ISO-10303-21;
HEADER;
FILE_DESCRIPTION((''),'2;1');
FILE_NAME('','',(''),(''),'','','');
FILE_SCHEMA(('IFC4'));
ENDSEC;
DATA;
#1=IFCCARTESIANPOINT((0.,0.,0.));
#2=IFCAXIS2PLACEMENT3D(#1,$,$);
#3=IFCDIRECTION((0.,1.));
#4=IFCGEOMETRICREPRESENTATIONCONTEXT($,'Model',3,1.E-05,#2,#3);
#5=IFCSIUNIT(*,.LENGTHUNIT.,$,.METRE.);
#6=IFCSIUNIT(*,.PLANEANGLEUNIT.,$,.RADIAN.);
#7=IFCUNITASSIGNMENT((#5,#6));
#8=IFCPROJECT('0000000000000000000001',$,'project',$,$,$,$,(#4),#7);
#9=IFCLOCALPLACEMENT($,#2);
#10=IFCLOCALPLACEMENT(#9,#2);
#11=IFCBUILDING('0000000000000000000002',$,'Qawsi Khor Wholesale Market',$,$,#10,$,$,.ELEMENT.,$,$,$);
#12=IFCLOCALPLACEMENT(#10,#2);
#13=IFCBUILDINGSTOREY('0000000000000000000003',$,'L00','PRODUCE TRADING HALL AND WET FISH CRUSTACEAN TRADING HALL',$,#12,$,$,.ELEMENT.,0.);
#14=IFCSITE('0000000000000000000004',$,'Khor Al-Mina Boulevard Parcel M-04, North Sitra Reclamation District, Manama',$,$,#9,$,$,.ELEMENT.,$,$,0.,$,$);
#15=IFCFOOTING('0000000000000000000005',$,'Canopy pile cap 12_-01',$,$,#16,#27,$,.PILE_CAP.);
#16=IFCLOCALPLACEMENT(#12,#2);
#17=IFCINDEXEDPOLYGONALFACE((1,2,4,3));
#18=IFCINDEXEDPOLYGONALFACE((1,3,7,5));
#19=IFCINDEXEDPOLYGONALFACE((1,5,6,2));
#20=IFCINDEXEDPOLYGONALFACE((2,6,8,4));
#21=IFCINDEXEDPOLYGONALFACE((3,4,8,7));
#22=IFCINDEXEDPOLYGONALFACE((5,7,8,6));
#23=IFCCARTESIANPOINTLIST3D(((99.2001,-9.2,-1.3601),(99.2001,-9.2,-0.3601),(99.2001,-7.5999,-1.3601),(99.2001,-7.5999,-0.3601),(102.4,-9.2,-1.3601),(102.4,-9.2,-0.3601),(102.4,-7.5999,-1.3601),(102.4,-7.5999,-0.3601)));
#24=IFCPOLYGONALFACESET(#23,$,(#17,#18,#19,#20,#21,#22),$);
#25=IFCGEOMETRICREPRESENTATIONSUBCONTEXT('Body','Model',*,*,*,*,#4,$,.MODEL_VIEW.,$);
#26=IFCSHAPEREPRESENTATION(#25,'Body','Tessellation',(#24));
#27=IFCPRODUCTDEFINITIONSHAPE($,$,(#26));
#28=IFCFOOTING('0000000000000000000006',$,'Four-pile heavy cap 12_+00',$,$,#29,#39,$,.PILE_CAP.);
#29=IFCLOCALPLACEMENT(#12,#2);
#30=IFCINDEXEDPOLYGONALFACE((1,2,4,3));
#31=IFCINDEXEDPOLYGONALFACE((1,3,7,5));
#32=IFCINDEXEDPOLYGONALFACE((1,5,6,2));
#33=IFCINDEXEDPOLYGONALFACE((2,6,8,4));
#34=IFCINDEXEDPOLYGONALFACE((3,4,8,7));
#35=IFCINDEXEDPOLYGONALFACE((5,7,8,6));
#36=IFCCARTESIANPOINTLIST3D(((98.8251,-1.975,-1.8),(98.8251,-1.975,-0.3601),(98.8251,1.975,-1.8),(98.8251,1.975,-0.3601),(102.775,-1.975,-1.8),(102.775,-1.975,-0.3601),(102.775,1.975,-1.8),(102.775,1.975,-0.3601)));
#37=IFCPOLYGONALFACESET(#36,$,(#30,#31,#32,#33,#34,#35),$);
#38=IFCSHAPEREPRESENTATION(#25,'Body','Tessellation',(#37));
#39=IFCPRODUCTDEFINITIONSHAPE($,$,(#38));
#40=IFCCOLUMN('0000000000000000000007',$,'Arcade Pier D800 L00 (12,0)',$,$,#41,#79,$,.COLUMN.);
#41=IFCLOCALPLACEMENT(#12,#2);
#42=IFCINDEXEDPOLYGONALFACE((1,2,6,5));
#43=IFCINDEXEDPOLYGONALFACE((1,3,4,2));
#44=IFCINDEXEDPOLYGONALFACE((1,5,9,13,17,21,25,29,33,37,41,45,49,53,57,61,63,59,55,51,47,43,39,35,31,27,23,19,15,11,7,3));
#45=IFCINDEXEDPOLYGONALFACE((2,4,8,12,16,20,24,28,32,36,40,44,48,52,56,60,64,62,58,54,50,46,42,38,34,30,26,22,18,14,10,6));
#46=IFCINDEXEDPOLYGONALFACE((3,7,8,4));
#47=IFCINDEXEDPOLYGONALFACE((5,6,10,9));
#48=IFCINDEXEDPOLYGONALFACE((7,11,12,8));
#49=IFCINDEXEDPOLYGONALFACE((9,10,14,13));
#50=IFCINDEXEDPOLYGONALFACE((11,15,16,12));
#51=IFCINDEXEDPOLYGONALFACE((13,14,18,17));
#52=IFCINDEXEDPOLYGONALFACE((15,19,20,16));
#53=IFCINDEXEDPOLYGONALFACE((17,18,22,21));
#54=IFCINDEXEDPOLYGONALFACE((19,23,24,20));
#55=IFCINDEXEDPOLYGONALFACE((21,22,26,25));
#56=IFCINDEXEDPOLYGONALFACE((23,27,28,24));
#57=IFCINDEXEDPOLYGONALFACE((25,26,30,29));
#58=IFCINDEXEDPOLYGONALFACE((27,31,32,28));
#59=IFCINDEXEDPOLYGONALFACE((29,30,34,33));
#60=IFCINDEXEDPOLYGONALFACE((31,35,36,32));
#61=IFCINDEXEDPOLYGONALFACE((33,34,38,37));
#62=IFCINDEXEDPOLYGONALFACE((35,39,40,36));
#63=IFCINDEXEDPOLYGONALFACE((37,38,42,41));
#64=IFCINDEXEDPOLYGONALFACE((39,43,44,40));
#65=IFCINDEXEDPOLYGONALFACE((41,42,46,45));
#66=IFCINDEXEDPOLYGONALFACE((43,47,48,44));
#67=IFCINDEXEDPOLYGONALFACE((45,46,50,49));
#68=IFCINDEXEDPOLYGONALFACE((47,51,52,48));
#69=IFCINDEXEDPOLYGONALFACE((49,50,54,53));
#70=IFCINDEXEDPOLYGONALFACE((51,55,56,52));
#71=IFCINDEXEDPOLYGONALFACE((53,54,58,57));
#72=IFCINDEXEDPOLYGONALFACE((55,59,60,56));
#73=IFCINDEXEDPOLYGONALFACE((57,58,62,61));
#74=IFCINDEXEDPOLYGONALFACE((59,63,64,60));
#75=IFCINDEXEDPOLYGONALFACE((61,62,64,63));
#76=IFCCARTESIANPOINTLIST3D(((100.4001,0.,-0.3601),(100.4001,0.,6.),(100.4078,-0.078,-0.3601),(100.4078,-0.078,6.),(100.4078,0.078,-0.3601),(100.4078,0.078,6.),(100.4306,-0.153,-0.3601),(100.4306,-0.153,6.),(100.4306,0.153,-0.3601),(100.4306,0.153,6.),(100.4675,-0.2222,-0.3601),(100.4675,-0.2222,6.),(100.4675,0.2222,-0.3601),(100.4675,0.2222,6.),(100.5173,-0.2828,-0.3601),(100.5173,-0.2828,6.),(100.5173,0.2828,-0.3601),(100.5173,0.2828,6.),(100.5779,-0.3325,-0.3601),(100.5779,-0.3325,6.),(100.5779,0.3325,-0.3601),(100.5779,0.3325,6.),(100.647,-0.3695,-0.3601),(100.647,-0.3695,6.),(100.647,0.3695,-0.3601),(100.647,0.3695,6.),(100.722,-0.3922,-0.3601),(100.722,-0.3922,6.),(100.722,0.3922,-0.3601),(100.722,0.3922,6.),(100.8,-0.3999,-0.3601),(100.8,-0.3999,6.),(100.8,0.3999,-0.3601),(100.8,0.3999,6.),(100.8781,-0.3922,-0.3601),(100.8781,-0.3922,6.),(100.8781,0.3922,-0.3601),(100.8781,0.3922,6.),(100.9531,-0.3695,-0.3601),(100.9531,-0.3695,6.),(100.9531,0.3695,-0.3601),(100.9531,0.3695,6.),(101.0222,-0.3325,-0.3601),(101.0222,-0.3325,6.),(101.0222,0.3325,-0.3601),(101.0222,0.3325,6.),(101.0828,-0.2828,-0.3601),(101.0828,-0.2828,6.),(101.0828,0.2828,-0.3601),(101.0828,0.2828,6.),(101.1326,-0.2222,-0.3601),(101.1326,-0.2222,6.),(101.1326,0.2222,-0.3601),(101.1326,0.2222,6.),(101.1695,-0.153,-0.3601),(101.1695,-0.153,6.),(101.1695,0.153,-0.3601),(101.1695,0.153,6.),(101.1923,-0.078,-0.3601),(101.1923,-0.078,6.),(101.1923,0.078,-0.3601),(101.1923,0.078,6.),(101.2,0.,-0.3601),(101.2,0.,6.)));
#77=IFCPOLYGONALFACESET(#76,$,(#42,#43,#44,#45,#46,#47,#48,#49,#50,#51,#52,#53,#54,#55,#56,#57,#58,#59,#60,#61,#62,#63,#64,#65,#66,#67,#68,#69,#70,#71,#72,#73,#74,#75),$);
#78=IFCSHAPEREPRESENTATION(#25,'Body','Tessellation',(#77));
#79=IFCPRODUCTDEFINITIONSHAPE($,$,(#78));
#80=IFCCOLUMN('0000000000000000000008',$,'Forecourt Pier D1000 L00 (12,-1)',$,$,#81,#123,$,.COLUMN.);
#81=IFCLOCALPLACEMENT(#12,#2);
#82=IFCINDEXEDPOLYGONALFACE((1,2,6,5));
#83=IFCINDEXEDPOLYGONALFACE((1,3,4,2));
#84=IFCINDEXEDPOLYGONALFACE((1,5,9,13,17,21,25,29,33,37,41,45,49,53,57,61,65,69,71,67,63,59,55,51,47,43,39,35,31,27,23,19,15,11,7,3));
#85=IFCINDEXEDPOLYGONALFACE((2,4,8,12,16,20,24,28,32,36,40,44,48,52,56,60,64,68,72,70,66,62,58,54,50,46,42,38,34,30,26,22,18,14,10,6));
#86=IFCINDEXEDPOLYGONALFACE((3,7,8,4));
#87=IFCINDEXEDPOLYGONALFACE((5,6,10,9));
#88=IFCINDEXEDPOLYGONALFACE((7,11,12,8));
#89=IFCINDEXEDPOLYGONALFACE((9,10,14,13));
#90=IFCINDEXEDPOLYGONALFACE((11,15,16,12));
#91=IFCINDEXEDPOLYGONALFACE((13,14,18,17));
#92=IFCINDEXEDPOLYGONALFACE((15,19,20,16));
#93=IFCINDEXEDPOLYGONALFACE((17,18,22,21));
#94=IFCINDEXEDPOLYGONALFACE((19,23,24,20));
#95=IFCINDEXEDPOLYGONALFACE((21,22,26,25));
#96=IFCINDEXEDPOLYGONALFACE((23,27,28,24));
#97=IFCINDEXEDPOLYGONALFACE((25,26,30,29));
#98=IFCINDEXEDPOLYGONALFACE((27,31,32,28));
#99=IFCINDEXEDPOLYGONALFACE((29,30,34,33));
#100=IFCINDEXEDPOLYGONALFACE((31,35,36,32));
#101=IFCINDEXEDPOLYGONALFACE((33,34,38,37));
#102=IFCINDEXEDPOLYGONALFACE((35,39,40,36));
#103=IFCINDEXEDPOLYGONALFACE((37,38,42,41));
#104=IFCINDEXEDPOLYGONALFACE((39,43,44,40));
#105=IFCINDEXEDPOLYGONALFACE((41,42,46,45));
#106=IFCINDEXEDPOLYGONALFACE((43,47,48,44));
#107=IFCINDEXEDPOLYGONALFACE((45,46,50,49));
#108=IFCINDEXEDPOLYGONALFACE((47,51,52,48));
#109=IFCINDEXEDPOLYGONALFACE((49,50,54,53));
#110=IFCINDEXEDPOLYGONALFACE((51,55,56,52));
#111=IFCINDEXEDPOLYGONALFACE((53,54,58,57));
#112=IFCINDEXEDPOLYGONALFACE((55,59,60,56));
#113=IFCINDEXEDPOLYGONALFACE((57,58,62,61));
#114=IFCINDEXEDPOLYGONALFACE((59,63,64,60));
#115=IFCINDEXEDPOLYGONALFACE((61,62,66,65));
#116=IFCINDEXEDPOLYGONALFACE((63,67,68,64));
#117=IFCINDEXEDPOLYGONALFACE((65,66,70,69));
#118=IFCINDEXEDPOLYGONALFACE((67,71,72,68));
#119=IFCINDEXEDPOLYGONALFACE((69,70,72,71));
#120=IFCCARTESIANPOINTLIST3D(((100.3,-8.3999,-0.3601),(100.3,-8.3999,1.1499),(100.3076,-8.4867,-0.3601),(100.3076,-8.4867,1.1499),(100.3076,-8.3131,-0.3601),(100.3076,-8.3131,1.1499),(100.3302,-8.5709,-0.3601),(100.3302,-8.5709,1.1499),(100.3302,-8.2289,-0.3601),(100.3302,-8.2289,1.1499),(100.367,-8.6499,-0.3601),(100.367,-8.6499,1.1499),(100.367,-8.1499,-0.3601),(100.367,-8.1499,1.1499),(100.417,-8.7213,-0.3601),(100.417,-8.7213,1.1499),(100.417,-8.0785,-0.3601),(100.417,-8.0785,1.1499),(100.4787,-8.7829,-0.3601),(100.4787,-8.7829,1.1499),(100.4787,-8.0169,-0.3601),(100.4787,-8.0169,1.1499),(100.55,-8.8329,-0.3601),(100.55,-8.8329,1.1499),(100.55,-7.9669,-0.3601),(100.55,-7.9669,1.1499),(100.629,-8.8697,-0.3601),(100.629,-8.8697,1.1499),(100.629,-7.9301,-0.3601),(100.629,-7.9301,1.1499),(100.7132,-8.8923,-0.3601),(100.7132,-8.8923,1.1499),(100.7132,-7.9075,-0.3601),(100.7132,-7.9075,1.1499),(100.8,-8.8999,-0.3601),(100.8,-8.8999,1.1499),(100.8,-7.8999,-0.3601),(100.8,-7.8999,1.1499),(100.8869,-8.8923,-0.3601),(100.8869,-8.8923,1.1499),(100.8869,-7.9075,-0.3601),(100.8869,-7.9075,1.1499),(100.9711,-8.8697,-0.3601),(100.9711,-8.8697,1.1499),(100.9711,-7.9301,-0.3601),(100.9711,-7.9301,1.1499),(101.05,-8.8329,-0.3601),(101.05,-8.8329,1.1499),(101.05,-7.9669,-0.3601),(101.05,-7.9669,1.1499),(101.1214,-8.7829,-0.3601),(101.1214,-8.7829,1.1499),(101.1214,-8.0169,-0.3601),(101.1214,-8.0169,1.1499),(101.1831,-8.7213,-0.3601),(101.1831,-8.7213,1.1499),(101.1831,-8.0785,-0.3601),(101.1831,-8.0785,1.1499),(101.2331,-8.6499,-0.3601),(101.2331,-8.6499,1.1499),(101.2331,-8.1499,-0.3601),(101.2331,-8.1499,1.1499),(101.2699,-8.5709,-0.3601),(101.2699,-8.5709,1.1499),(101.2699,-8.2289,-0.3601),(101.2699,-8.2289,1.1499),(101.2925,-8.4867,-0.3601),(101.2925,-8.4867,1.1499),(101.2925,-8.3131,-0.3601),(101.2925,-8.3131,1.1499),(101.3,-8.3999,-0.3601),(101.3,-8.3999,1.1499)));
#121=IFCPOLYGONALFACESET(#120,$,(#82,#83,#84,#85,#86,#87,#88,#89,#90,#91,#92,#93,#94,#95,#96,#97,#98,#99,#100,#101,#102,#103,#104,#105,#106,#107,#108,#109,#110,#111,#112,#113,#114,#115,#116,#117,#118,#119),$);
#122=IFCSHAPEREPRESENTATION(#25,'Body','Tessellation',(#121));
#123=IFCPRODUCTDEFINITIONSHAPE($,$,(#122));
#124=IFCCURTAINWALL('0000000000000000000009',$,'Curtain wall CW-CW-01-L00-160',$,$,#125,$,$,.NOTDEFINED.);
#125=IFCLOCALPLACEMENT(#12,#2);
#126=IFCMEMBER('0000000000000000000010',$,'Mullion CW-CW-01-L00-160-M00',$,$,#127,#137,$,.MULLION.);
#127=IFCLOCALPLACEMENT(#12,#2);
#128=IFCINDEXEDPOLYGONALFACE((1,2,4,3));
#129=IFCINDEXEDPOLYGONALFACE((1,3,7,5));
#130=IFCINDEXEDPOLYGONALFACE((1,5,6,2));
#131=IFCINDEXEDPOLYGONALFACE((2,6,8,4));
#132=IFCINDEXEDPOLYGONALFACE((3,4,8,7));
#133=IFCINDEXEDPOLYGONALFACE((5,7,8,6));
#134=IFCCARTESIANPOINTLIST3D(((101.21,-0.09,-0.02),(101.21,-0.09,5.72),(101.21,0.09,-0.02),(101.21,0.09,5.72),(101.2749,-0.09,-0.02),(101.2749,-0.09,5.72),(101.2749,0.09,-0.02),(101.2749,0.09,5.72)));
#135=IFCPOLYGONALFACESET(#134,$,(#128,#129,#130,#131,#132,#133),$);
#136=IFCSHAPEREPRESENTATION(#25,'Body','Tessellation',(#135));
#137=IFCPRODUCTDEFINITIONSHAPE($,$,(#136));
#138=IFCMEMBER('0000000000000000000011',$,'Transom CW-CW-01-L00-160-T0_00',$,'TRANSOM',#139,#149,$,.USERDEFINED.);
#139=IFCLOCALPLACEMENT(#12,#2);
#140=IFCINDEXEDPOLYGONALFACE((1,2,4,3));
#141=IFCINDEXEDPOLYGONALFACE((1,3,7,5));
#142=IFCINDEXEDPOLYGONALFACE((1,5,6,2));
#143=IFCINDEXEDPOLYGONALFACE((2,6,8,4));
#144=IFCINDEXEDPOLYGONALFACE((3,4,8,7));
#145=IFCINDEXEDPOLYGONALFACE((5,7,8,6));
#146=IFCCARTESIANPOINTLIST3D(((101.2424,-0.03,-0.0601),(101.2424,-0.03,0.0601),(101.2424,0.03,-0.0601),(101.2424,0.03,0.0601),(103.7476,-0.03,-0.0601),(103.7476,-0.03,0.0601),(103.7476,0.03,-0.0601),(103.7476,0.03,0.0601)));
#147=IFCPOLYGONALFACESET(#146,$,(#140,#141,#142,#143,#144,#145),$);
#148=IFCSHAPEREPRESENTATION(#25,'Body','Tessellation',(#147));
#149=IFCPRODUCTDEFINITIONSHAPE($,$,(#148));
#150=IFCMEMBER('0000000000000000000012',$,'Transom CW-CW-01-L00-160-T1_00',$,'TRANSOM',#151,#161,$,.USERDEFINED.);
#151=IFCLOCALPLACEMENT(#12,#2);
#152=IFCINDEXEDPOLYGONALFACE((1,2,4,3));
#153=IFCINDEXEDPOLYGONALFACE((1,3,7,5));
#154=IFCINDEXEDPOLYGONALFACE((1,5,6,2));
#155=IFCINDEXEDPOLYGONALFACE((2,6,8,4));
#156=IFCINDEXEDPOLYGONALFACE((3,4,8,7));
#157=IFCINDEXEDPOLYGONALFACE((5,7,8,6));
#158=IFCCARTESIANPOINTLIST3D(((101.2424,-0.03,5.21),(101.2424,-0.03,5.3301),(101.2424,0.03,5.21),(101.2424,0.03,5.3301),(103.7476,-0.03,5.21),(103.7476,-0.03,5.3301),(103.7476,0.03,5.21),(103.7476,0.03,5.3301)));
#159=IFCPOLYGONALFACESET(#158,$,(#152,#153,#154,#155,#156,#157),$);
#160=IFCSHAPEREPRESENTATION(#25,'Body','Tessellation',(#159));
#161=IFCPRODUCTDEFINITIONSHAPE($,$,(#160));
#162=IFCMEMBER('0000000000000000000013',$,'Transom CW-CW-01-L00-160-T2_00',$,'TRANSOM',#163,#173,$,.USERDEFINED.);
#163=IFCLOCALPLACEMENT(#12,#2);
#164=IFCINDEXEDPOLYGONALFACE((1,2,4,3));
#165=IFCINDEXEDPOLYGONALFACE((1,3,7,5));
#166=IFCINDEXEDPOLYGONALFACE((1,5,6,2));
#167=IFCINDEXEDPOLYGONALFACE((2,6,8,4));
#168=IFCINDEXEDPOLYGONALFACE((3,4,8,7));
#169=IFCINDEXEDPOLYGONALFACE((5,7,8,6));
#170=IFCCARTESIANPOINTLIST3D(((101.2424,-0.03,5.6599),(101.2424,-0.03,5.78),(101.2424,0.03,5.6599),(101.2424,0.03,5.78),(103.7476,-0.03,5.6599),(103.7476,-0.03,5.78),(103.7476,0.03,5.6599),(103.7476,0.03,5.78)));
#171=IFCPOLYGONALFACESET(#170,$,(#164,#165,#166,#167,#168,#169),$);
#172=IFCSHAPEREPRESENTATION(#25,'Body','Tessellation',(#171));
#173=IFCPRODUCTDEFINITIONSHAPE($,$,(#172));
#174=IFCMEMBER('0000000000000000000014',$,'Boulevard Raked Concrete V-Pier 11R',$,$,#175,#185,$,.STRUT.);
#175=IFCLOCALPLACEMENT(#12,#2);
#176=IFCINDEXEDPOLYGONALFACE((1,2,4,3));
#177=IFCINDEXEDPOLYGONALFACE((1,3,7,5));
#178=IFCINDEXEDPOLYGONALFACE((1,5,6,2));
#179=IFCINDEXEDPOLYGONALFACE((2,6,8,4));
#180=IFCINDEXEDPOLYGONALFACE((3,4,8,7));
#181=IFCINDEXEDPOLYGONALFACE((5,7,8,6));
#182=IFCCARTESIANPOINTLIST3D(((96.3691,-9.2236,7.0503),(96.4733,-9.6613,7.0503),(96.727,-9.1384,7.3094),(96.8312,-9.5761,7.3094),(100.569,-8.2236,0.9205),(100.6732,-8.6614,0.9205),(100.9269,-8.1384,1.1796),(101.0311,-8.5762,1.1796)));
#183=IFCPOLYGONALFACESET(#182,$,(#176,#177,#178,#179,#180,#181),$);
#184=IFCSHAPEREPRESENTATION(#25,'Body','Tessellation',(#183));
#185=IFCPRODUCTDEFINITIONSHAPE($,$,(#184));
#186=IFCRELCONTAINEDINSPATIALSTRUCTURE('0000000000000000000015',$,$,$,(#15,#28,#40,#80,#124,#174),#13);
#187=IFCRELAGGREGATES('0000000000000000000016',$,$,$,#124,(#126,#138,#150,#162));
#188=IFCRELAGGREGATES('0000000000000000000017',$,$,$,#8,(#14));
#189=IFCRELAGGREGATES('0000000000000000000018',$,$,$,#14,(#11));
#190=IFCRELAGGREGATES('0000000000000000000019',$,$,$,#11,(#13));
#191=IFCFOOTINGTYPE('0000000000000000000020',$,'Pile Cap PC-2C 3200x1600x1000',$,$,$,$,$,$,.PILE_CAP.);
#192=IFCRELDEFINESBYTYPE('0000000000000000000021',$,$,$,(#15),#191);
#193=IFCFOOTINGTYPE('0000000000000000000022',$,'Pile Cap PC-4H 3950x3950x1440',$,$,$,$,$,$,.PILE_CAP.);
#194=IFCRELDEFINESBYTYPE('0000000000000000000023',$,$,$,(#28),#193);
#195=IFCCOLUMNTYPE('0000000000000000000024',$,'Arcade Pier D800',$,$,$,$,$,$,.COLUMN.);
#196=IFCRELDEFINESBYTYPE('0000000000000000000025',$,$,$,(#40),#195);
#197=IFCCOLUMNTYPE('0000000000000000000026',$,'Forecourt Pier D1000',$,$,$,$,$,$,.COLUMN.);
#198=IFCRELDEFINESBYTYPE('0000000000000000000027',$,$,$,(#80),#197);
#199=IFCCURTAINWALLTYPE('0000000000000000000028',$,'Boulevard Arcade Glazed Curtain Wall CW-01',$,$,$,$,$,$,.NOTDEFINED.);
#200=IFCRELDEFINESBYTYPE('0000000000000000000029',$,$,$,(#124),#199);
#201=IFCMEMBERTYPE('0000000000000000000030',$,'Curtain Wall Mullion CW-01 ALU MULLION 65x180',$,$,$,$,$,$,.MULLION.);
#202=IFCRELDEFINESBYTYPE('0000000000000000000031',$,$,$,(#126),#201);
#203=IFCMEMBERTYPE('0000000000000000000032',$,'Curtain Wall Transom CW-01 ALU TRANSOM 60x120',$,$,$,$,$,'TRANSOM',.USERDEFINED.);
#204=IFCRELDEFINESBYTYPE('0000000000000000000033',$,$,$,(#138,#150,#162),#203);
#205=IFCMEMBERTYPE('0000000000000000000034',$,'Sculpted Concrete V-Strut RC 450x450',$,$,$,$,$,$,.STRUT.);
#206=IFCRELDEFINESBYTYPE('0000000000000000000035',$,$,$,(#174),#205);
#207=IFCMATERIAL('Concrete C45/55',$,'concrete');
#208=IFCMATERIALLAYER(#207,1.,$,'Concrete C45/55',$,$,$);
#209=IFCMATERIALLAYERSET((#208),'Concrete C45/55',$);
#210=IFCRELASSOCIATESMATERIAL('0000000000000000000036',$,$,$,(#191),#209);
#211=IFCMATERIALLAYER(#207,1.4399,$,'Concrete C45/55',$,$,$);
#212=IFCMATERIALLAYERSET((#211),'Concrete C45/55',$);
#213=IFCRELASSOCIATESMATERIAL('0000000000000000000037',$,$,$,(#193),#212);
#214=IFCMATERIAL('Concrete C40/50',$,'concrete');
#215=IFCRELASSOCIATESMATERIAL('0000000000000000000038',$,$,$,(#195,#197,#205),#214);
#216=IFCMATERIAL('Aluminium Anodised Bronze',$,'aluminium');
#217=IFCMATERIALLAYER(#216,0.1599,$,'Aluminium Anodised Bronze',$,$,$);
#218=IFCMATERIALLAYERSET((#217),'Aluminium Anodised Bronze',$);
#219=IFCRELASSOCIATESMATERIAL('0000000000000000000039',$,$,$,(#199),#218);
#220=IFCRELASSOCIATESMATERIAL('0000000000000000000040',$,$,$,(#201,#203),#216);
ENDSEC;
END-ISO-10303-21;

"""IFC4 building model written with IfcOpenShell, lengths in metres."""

from ifc_helpers import new_model, si_unit, direction, frame, origin, origin_2d, place, context, subcontext, project, spatial, rectangle, circle, extrude, material, layer, layer_set, material_profile, profile_set, type_object, element, aggregate, save


model = new_model("IFC4")

# Units and contexts
model_context = context("Model", 3, precision=1e-05, world=origin(), true_north=direction((0.0, 1.0)))
body_context = subcontext(model_context, "Body", "Model", "MODEL_VIEW")
ifc_project = project(units=[si_unit("LENGTHUNIT", "METRE"), si_unit("PLANEANGLEUNIT", "RADIAN")], contexts=[model_context])

# Site, building, storey
site_placement = place(None, origin())
site = spatial("IfcSite", under=ifc_project, at=site_placement, Name="Khor Al-Mina Boulevard Parcel M-04, North Sitra Reclamation District, Manama", CompositionType="ELEMENT", RefElevation=0.0)
building_placement = place(site_placement, origin())
building = spatial("IfcBuilding", under=site, at=building_placement, Name="Qawsi Khor Wholesale Market", CompositionType="ELEMENT")
storey_placement = place(building_placement, origin())
storey = spatial("IfcBuildingStorey", under=building, at=storey_placement, Name="L00", Description="PRODUCE TRADING HALL AND WET FISH CRUSTACEAN TRADING HALL", CompositionType="ELEMENT", Elevation=0.0)

# Shared definitions
ifc_material_1 = material(Name="Concrete C45/55", Category="concrete")

# Footings
ifc_layer_1 = layer(ifc_material_1, 1.0, Name="Concrete C45/55")
ifc_layer_set_1 = layer_set([ifc_layer_1], Name="Concrete C45/55")
footing_type_1 = type_object("IfcFootingType", Name="Pile Cap PC-2C 3200x1600x1000", PredefinedType="PILE_CAP", material=ifc_layer_set_1)
footing_1_placement = place(storey_placement, frame((100.8, -8.3999, -1.3601), z_axis=(0.0, 0.0, 1.0), x_axis=(1.0, 0.0, 0.0)))
element("IfcFooting", 1, at=footing_1_placement, inside=storey, type_object=footing_type_1, Name="Canopy pile cap 12_-01", PredefinedType="PILE_CAP", context=body_context, shape_type="SweptSolid", body=[
    extrude(rectangle(XDim=3.2, YDim=1.6001, at=origin_2d()), origin(), (0.0, 0.0, 1.0), 1.0),
])
ifc_layer_2 = layer(ifc_material_1, 1.4399, Name="Concrete C45/55")
ifc_layer_set_2 = layer_set([ifc_layer_2], Name="Concrete C45/55")
footing_type_2 = type_object("IfcFootingType", Name="Pile Cap PC-4H 3950x3950x1440", PredefinedType="PILE_CAP", material=ifc_layer_set_2)
footing_2_placement = place(storey_placement, frame((100.8, 0.0, -1.8), z_axis=(0.0, 0.0, 1.0), x_axis=(1.0, 0.0, 0.0)))
element("IfcFooting", 2, at=footing_2_placement, inside=storey, type_object=footing_type_2, Name="Four-pile heavy cap 12_+00", PredefinedType="PILE_CAP", context=body_context, shape_type="SweptSolid", body=[
    extrude(rectangle(XDim=3.95, YDim=3.95, at=origin_2d()), origin(), (0.0, 0.0, 1.0), 1.4399),
])

# Columns
ifc_material_2 = material(Name="Concrete C40/50", Category="concrete")
ifc_material_profile_1 = material_profile(ifc_material_2, circle(Radius=0.3999, at=origin_2d()), Name="RC COL D800")
ifc_profile_set_1 = profile_set([ifc_material_profile_1], Name="Concrete C40/50")
column_type_1 = type_object("IfcColumnType", Name="Arcade Pier D800", PredefinedType="COLUMN", material=ifc_profile_set_1)
column_1_placement = place(storey_placement, frame((100.8, 0.0, -0.3601), z_axis=(0.0, 0.0, 1.0), x_axis=(1.0, 0.0, 0.0)))
element("IfcColumn", 3, at=column_1_placement, inside=storey, type_object=column_type_1, Name="Arcade Pier D800 L00 (12,0)", PredefinedType="COLUMN", context=body_context, shape_type="SweptSolid", body=[
    extrude(circle(Radius=0.3999, at=origin_2d()), origin(), (0.0, 0.0, 1.0), 6.3601),
])
ifc_material_profile_2 = material_profile(ifc_material_2, circle(Radius=0.5, at=origin_2d()), Name="RC COL D1000")
ifc_profile_set_2 = profile_set([ifc_material_profile_2], Name="Concrete C40/50")
column_type_2 = type_object("IfcColumnType", Name="Forecourt Pier D1000", PredefinedType="COLUMN", material=ifc_profile_set_2)
column_2_placement = place(storey_placement, frame((100.8, -8.3999, -0.3601), z_axis=(0.0, 0.0, 1.0), x_axis=(1.0, 0.0, 0.0)))
element("IfcColumn", 4, at=column_2_placement, inside=storey, type_object=column_type_2, Name="Forecourt Pier D1000 L00 (12,-1)", PredefinedType="COLUMN", context=body_context, shape_type="SweptSolid", body=[
    extrude(circle(Radius=0.5, at=origin_2d()), origin(), (0.0, 0.0, 1.0), 1.51),
])

# Curtain wall, members
ifc_material_3 = material(Name="Aluminium Anodised Bronze", Category="aluminium")
ifc_layer_3 = layer(ifc_material_3, 0.1599, Name="Aluminium Anodised Bronze")
ifc_layer_set_3 = layer_set([ifc_layer_3], Name="Aluminium Anodised Bronze")
curtain_wall_type = type_object("IfcCurtainWallType", Name="Boulevard Arcade Glazed Curtain Wall CW-01", PredefinedType="NOTDEFINED", material=ifc_layer_set_3)
curtain_wall_placement = place(storey_placement, origin())
curtain_wall = element("IfcCurtainWall", 5, at=curtain_wall_placement, inside=storey, type_object=curtain_wall_type, Name="Curtain wall CW-CW-01-L00-160", PredefinedType="NOTDEFINED")
ifc_material_profile_3 = material_profile(ifc_material_3, rectangle(XDim=0.0649, YDim=0.1799, at=origin_2d()), Name="ALU MULLION 65x180")
ifc_profile_set_3 = profile_set([ifc_material_profile_3], Name="Aluminium Anodised Bronze")
member_type_1 = type_object("IfcMemberType", Name="Curtain Wall Mullion CW-01 ALU MULLION 65x180", PredefinedType="MULLION", material=ifc_profile_set_3)
member_1_placement = place(storey_placement, frame((101.2424, 0.0, -0.02), z_axis=(0.0, 0.0, 1.0), x_axis=(1.0, 0.0, 0.0)))
member_1 = element("IfcMember", 6, at=member_1_placement, type_object=member_type_1, Name="Mullion CW-CW-01-L00-160-M00", PredefinedType="MULLION", context=body_context, shape_type="SweptSolid", body=[
    extrude(rectangle(XDim=0.0649, YDim=0.1799, at=origin_2d()), origin(), (0.0, 0.0, 1.0), 5.74),
])
ifc_material_profile_4 = material_profile(ifc_material_3, rectangle(XDim=0.0601, YDim=0.1201, at=origin_2d()), Name="ALU TRANSOM 60x120")
ifc_profile_set_4 = profile_set([ifc_material_profile_4], Name="Aluminium Anodised Bronze")
member_type_2 = type_object("IfcMemberType", Name="Curtain Wall Transom CW-01 ALU TRANSOM 60x120", ElementType="TRANSOM", PredefinedType="USERDEFINED", material=ifc_profile_set_4)
member_2_placement = place(storey_placement, frame((101.2424, 0.0, 0.0), z_axis=(1.0, 0.0, 0.0), x_axis=(0.0, 1.0, 0.0)))
member_2 = element("IfcMember", 7, at=member_2_placement, type_object=member_type_2, Name="Transom CW-CW-01-L00-160-T0_00", ObjectType="TRANSOM", PredefinedType="USERDEFINED", context=body_context, shape_type="SweptSolid", body=[
    extrude(rectangle(XDim=0.0601, YDim=0.1201, at=origin_2d()), origin(), (0.0, 0.0, 1.0), 2.5051),
])
member_3_placement = place(storey_placement, frame((101.2424, 0.0, 5.27), z_axis=(1.0, 0.0, 0.0), x_axis=(0.0, 1.0, 0.0)))
member_3 = element("IfcMember", 8, at=member_3_placement, type_object=member_type_2, Name="Transom CW-CW-01-L00-160-T1_00", ObjectType="TRANSOM", PredefinedType="USERDEFINED", context=body_context, shape_type="SweptSolid", body=[
    extrude(rectangle(XDim=0.0601, YDim=0.1201, at=origin_2d()), origin(), (0.0, 0.0, 1.0), 2.5051),
])
member_4_placement = place(storey_placement, frame((101.2424, 0.0, 5.72), z_axis=(1.0, 0.0, 0.0), x_axis=(0.0, 1.0, 0.0)))
member_4 = element("IfcMember", 9, at=member_4_placement, type_object=member_type_2, Name="Transom CW-CW-01-L00-160-T2_00", ObjectType="TRANSOM", PredefinedType="USERDEFINED", context=body_context, shape_type="SweptSolid", body=[
    extrude(rectangle(XDim=0.0601, YDim=0.1201, at=origin_2d()), origin(), (0.0, 0.0, 1.0), 2.5051),
])

# Member
ifc_material_profile_5 = material_profile(ifc_material_2, rectangle(XDim=0.45, YDim=0.45, at=origin_2d()), Name="RC 450x450")
ifc_profile_set_5 = profile_set([ifc_material_profile_5], Name="Concrete C40/50")
member_type_3 = type_object("IfcMemberType", Name="Sculpted Concrete V-Strut RC 450x450", PredefinedType="STRUT", material=ifc_profile_set_5)
for number, where, z_axis, x_axis, name in (
    (10, (100.8, -8.3999, 1.05), (-0.560168, -0.133375, 0.817572), (0.231623, -0.972806, 0.0), "Boulevard Raked Concrete V-Pier 11R"),
):
    element("IfcMember", number, at=place(storey_placement, frame(where, z_axis=z_axis, x_axis=x_axis)), inside=storey, type_object=member_type_3, Name=name, PredefinedType="STRUT", context=body_context, shape_type="SweptSolid", body=[
        extrude(rectangle(XDim=0.45, YDim=0.45, at=origin_2d()), origin(), (0.0, 0.0, 1.0), 7.4976),
    ])

aggregate(curtain_wall, [member_1, member_2, member_3, member_4])

save(model, "model.ifc")
